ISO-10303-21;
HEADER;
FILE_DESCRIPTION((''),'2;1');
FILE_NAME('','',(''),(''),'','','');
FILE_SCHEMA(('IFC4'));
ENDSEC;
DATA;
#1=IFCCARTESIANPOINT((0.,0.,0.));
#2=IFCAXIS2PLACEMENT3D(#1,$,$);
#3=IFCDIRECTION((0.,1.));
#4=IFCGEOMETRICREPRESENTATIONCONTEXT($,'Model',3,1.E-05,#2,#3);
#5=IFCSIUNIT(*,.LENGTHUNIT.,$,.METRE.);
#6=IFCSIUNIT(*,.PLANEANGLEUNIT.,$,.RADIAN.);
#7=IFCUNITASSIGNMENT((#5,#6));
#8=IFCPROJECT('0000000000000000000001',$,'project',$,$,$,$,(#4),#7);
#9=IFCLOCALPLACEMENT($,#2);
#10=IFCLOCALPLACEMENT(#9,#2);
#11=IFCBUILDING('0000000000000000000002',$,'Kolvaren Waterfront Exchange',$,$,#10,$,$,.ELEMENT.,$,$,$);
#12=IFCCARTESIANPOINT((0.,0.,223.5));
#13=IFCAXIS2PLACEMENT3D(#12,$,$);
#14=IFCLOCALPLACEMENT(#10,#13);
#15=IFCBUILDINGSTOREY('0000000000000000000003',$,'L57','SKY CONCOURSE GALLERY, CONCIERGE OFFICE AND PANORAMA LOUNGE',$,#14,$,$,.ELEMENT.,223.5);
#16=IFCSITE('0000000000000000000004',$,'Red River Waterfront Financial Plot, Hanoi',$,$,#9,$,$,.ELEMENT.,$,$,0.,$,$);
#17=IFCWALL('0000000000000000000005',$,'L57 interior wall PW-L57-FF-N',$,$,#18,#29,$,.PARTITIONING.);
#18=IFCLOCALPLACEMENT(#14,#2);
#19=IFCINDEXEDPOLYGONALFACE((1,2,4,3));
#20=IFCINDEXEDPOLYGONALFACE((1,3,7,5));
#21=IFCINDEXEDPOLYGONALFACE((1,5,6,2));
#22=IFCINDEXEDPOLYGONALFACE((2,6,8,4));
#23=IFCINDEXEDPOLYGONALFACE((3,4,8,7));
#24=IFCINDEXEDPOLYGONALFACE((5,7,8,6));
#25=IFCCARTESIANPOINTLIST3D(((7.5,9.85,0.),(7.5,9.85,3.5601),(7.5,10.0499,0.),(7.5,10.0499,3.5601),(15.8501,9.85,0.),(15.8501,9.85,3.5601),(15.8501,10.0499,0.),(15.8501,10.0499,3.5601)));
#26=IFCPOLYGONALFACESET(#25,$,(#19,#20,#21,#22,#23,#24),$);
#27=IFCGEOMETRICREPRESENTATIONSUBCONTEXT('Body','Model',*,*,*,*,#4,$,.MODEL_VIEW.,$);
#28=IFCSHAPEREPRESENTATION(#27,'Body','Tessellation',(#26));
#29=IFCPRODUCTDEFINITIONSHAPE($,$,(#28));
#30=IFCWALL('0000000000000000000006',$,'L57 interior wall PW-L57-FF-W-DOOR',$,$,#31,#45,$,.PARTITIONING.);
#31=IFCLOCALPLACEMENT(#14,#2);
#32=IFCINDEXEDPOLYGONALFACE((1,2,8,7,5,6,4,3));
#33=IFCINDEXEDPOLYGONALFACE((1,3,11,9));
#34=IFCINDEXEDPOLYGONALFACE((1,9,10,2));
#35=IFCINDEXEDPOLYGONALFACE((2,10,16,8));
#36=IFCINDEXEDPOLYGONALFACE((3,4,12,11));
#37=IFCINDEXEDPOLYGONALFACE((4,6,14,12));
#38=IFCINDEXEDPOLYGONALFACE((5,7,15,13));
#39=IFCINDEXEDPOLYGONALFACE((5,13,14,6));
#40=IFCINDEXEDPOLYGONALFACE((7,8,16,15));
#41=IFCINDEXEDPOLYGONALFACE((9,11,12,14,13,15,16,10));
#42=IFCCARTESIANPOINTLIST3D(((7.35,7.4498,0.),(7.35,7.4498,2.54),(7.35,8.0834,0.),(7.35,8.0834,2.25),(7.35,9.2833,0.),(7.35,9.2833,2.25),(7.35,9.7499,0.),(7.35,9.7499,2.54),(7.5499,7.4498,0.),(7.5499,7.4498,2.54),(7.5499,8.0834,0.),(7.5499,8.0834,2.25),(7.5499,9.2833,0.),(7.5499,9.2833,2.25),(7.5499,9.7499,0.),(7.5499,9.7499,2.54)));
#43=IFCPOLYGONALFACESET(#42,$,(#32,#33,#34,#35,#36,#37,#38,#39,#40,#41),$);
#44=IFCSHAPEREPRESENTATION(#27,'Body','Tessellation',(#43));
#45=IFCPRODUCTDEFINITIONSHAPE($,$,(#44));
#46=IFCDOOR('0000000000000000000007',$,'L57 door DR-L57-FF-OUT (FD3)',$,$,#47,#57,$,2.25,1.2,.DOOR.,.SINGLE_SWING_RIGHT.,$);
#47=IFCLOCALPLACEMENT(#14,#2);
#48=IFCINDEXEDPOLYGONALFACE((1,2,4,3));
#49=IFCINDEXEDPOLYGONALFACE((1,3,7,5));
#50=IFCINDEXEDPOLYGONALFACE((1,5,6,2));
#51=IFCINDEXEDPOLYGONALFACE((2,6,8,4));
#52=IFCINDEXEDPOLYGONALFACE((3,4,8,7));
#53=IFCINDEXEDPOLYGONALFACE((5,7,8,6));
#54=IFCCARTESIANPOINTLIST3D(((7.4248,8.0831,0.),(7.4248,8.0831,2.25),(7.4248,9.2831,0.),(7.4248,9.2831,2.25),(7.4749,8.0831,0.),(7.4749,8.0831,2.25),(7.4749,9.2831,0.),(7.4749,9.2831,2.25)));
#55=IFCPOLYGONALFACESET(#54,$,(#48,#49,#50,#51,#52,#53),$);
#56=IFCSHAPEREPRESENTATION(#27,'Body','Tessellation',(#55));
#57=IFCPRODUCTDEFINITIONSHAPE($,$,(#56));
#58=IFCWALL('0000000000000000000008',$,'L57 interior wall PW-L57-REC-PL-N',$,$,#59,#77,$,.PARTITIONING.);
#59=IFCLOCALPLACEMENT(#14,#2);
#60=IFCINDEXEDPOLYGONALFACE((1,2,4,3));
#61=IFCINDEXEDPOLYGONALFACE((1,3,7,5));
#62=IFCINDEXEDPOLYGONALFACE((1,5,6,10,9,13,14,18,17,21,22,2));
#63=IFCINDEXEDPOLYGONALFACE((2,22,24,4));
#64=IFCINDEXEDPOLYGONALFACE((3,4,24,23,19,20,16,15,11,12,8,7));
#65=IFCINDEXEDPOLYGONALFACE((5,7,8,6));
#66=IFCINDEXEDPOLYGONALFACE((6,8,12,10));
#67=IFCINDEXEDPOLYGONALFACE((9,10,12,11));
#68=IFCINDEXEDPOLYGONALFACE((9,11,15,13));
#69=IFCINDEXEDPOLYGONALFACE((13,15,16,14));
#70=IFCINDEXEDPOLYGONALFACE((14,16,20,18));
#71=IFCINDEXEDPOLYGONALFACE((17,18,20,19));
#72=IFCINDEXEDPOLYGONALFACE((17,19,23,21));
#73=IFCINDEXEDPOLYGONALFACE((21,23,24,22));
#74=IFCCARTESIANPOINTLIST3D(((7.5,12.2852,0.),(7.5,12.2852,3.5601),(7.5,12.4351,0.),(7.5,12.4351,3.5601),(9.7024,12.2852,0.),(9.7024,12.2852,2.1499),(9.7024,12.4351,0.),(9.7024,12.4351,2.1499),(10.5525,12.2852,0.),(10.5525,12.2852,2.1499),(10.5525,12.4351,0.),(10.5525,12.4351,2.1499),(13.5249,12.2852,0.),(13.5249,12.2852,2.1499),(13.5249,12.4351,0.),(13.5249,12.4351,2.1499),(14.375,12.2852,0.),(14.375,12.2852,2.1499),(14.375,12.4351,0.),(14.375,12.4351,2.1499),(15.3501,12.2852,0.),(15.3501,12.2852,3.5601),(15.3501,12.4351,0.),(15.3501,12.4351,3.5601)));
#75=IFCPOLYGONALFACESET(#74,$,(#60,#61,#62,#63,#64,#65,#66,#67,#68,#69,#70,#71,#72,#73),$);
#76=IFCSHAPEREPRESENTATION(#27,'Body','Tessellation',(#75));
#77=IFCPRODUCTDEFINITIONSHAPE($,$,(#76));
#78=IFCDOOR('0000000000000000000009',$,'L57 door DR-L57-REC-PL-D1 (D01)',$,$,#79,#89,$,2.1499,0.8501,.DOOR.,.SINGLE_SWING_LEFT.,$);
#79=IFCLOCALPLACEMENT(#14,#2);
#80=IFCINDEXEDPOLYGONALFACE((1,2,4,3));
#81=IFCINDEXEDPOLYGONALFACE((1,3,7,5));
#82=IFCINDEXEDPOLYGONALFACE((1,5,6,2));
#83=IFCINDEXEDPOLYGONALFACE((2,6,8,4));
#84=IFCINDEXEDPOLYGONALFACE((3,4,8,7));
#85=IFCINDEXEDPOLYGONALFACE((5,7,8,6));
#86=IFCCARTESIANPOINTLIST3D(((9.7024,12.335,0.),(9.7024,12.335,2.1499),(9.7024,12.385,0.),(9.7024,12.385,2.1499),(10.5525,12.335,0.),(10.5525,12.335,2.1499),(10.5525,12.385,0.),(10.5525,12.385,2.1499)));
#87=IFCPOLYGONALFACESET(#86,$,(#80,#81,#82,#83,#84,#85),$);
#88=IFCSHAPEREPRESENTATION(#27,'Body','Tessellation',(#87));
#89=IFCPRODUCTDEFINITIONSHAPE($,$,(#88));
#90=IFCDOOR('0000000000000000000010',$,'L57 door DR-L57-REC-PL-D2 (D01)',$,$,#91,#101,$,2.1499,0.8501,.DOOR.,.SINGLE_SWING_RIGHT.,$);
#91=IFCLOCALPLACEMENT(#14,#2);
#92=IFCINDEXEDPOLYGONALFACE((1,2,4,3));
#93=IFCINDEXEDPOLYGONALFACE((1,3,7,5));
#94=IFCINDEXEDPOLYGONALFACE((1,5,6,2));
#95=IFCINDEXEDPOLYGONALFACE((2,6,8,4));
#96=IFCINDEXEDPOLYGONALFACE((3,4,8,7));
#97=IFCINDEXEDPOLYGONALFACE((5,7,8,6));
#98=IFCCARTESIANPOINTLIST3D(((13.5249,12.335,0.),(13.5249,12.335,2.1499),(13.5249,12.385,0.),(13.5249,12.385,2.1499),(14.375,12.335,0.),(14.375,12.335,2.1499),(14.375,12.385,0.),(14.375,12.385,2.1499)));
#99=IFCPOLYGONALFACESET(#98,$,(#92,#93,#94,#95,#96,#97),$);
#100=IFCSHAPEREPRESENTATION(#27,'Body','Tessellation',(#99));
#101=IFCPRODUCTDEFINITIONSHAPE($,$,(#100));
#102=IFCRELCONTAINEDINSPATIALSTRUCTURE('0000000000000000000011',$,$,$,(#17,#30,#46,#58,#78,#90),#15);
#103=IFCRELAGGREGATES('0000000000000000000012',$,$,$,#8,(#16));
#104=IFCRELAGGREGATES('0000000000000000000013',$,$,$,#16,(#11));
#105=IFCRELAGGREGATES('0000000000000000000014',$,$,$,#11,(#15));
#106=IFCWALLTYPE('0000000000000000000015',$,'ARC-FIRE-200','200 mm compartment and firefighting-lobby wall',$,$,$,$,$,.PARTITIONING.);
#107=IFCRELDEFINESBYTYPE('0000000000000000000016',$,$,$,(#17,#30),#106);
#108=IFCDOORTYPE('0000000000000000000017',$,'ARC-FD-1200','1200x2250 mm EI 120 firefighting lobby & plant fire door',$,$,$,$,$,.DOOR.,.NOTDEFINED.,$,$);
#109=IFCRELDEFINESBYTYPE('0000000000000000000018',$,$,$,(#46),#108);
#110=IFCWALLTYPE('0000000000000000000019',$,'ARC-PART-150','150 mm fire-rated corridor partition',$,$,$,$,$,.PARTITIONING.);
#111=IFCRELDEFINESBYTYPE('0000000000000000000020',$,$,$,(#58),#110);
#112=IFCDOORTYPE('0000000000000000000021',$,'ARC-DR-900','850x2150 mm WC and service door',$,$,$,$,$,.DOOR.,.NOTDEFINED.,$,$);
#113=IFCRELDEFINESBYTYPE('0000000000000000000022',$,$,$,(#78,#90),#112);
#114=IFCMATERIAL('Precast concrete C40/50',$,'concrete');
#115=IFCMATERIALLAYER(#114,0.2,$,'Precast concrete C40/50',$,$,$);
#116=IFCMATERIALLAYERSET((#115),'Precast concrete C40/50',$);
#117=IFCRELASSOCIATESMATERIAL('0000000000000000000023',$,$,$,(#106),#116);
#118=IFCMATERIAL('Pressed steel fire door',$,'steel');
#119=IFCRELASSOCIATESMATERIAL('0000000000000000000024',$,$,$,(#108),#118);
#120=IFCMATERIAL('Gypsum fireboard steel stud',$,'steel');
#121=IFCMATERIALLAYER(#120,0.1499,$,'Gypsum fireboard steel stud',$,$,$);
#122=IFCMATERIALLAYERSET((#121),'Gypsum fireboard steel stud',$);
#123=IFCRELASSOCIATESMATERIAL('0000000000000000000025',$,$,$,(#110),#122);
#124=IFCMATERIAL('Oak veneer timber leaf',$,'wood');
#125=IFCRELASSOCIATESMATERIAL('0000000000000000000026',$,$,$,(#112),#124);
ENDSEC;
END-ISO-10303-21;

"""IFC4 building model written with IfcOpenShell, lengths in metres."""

from ifc_helpers import new_model, si_unit, direction, frame, frame_2d, origin, place, context, subcontext, project, spatial, rectangle, extrude, material, layer, layer_set, type_object, element, fill, save


model = new_model("IFC4")

# Units and contexts
model_context = context("Model", 3, precision=1e-05, world=origin(), true_north=direction((0.0, 1.0)))
body_context = subcontext(model_context, "Body", "Model", "MODEL_VIEW")
ifc_project = project(units=[si_unit("LENGTHUNIT", "METRE"), si_unit("PLANEANGLEUNIT", "RADIAN")], contexts=[model_context])

# Site, building, storey
site_placement = place(None, origin())
site = spatial("IfcSite", under=ifc_project, at=site_placement, Name="Red River Waterfront Financial Plot, Hanoi", CompositionType="ELEMENT", RefElevation=0.0)
building_placement = place(site_placement, origin())
building = spatial("IfcBuilding", under=site, at=building_placement, Name="Kolvaren Waterfront Exchange", CompositionType="ELEMENT")
storey_placement = place(building_placement, frame((0.0, 0.0, 223.5)))
storey = spatial("IfcBuildingStorey", under=building, at=storey_placement, Name="L57", Description="SKY CONCOURSE GALLERY, CONCIERGE OFFICE AND PANORAMA LOUNGE", CompositionType="ELEMENT", Elevation=223.5)

# Wall
ifc_material_1 = material(Name="Precast concrete C40/50", Category="concrete")
ifc_layer_1 = layer(ifc_material_1, 0.2, Name="Precast concrete C40/50")
ifc_layer_set_1 = layer_set([ifc_layer_1], Name="Precast concrete C40/50")
wall_type_1 = type_object("IfcWallType", Name="ARC-FIRE-200", Description="200 mm compartment and firefighting-lobby wall", PredefinedType="PARTITIONING", material=ifc_layer_set_1)
wall_1_placement = place(storey_placement, frame((7.5, 9.95, 0.0), z_axis=(0.0, 0.0, 1.0), x_axis=(1.0, 0.0, 0.0)))
element("IfcWall", 1, at=wall_1_placement, inside=storey, type_object=wall_type_1, Name="L57 interior wall PW-L57-FF-N", PredefinedType="PARTITIONING", context=body_context, shape_type="SweptSolid", body=[
    extrude(rectangle(XDim=8.3501, YDim=0.2, at=frame_2d((4.175, 0.0))), origin(), (0.0, 0.0, 1.0), 3.5601),
])

# Wall, opening, door
wall_2_placement = place(storey_placement, frame((7.45, 7.45, 0.0), z_axis=(0.0, 0.0, 1.0), x_axis=(0.0, 1.0, 0.0)))
wall_2 = element("IfcWall", 2, at=wall_2_placement, inside=storey, type_object=wall_type_1, Name="L57 interior wall PW-L57-FF-W-DOOR", PredefinedType="PARTITIONING", context=body_context, shape_type="SweptSolid", body=[
    extrude(rectangle(XDim=2.3, YDim=0.2, at=frame_2d((1.1499, 0.0))), origin(), (0.0, 0.0, 1.0), 2.54),
])
opening_1_placement = place(wall_2_placement, frame((0.6333, 0.0, 0.0)))
opening_1 = element("IfcOpeningElement", 3, at=opening_1_placement, cuts=wall_2, PredefinedType="OPENING", context=body_context, shape_type="SweptSolid", body=[
    extrude(rectangle(XDim=1.2, YDim=2.25, at=frame_2d((0.6001, 1.125))), frame((0.0, 0.1099, 0.0), z_axis=(0.0, -1.0, 0.0), x_axis=(1.0, 0.0, 0.0)), (0.0, 0.0, 1.0), 0.22),
])
ifc_material_2 = material(Name="Pressed steel fire door", Category="steel")
door_type_1 = type_object("IfcDoorType", Name="ARC-FD-1200", Description="1200x2250 mm EI 120 firefighting lobby & plant fire door", OperationType="NOTDEFINED", PredefinedType="DOOR", material=ifc_material_2)
door_1_placement = place(opening_1_placement, frame((1.2, 0.0, 0.0), z_axis=(0.0, 0.0, 1.0), x_axis=(-1.0, 0.0, 0.0)))
door_1 = element("IfcDoor", 4, at=door_1_placement, inside=storey, type_object=door_type_1, Name="L57 door DR-L57-FF-OUT (FD3)", OperationType="SINGLE_SWING_RIGHT", OverallHeight=2.25, OverallWidth=1.2, PredefinedType="DOOR", context=body_context, shape_type="SweptSolid", body=[
    extrude(rectangle(XDim=1.2, YDim=2.25, at=frame_2d((0.6001, 1.125))), frame((0.0, 0.0249, 0.0), z_axis=(0.0, -1.0, 0.0), x_axis=(1.0, 0.0, 0.0)), (0.0, 0.0, 1.0), 0.05),
])
fill(opening_1, door_1)

# Wall, openings, doors
ifc_material_3 = material(Name="Gypsum fireboard steel stud", Category="steel")
ifc_layer_2 = layer(ifc_material_3, 0.1499, Name="Gypsum fireboard steel stud")
ifc_layer_set_2 = layer_set([ifc_layer_2], Name="Gypsum fireboard steel stud")
wall_type_2 = type_object("IfcWallType", Name="ARC-PART-150", Description="150 mm fire-rated corridor partition", PredefinedType="PARTITIONING", material=ifc_layer_set_2)
wall_3_placement = place(storey_placement, frame((7.5, 12.3601, 0.0), z_axis=(0.0, 0.0, 1.0), x_axis=(1.0, 0.0, 0.0)))
wall_3 = element("IfcWall", 5, at=wall_3_placement, inside=storey, type_object=wall_type_2, Name="L57 interior wall PW-L57-REC-PL-N", PredefinedType="PARTITIONING", context=body_context, shape_type="SweptSolid", body=[
    extrude(rectangle(XDim=7.8501, YDim=0.1499, at=frame_2d((3.925, 0.0))), origin(), (0.0, 0.0, 1.0), 3.5601),
])
opening_2_placement = place(wall_3_placement, frame((2.2024, 0.0, 0.0)))
opening_2 = element("IfcOpeningElement", 6, at=opening_2_placement, cuts=wall_3, PredefinedType="OPENING", context=body_context, shape_type="SweptSolid", body=[
    extrude(rectangle(XDim=0.8501, YDim=2.1499, at=frame_2d((0.425, 1.075))), frame((0.0, 0.085, 0.0), z_axis=(0.0, -1.0, 0.0), x_axis=(1.0, 0.0, 0.0)), (0.0, 0.0, 1.0), 0.1699),
])
opening_3_placement = place(wall_3_placement, frame((6.0249, 0.0, 0.0)))
opening_3 = element("IfcOpeningElement", 7, at=opening_3_placement, cuts=wall_3, PredefinedType="OPENING", context=body_context, shape_type="SweptSolid", body=[
    extrude(rectangle(XDim=0.8501, YDim=2.1499, at=frame_2d((0.425, 1.075))), frame((0.0, 0.085, 0.0), z_axis=(0.0, -1.0, 0.0), x_axis=(1.0, 0.0, 0.0)), (0.0, 0.0, 1.0), 0.1699),
])
ifc_material_4 = material(Name="Oak veneer timber leaf", Category="wood")
door_type_2 = type_object("IfcDoorType", Name="ARC-DR-900", Description="850x2150 mm WC and service door", OperationType="NOTDEFINED", PredefinedType="DOOR", material=ifc_material_4)
door_2_placement = place(opening_2_placement, origin())
door_2 = element("IfcDoor", 8, at=door_2_placement, inside=storey, type_object=door_type_2, Name="L57 door DR-L57-REC-PL-D1 (D01)", OperationType="SINGLE_SWING_LEFT", OverallHeight=2.1499, OverallWidth=0.8501, PredefinedType="DOOR", context=body_context, shape_type="SweptSolid", body=[
    extrude(rectangle(XDim=0.8501, YDim=2.1499, at=frame_2d((0.425, 1.075))), frame((0.0, 0.0249, 0.0), z_axis=(0.0, -1.0, 0.0), x_axis=(1.0, 0.0, 0.0)), (0.0, 0.0, 1.0), 0.05),
])
fill(opening_2, door_2)
door_3_placement = place(opening_3_placement, origin())
door_3 = element("IfcDoor", 9, at=door_3_placement, inside=storey, type_object=door_type_2, Name="L57 door DR-L57-REC-PL-D2 (D01)", OperationType="SINGLE_SWING_RIGHT", OverallHeight=2.1499, OverallWidth=0.8501, PredefinedType="DOOR", context=body_context, shape_type="SweptSolid", body=[
    extrude(rectangle(XDim=0.8501, YDim=2.1499, at=frame_2d((0.425, 1.075))), frame((0.0, 0.0249, 0.0), z_axis=(0.0, -1.0, 0.0), x_axis=(1.0, 0.0, 0.0)), (0.0, 0.0, 1.0), 0.05),
])
fill(opening_3, door_3)

save(model, "model.ifc")
